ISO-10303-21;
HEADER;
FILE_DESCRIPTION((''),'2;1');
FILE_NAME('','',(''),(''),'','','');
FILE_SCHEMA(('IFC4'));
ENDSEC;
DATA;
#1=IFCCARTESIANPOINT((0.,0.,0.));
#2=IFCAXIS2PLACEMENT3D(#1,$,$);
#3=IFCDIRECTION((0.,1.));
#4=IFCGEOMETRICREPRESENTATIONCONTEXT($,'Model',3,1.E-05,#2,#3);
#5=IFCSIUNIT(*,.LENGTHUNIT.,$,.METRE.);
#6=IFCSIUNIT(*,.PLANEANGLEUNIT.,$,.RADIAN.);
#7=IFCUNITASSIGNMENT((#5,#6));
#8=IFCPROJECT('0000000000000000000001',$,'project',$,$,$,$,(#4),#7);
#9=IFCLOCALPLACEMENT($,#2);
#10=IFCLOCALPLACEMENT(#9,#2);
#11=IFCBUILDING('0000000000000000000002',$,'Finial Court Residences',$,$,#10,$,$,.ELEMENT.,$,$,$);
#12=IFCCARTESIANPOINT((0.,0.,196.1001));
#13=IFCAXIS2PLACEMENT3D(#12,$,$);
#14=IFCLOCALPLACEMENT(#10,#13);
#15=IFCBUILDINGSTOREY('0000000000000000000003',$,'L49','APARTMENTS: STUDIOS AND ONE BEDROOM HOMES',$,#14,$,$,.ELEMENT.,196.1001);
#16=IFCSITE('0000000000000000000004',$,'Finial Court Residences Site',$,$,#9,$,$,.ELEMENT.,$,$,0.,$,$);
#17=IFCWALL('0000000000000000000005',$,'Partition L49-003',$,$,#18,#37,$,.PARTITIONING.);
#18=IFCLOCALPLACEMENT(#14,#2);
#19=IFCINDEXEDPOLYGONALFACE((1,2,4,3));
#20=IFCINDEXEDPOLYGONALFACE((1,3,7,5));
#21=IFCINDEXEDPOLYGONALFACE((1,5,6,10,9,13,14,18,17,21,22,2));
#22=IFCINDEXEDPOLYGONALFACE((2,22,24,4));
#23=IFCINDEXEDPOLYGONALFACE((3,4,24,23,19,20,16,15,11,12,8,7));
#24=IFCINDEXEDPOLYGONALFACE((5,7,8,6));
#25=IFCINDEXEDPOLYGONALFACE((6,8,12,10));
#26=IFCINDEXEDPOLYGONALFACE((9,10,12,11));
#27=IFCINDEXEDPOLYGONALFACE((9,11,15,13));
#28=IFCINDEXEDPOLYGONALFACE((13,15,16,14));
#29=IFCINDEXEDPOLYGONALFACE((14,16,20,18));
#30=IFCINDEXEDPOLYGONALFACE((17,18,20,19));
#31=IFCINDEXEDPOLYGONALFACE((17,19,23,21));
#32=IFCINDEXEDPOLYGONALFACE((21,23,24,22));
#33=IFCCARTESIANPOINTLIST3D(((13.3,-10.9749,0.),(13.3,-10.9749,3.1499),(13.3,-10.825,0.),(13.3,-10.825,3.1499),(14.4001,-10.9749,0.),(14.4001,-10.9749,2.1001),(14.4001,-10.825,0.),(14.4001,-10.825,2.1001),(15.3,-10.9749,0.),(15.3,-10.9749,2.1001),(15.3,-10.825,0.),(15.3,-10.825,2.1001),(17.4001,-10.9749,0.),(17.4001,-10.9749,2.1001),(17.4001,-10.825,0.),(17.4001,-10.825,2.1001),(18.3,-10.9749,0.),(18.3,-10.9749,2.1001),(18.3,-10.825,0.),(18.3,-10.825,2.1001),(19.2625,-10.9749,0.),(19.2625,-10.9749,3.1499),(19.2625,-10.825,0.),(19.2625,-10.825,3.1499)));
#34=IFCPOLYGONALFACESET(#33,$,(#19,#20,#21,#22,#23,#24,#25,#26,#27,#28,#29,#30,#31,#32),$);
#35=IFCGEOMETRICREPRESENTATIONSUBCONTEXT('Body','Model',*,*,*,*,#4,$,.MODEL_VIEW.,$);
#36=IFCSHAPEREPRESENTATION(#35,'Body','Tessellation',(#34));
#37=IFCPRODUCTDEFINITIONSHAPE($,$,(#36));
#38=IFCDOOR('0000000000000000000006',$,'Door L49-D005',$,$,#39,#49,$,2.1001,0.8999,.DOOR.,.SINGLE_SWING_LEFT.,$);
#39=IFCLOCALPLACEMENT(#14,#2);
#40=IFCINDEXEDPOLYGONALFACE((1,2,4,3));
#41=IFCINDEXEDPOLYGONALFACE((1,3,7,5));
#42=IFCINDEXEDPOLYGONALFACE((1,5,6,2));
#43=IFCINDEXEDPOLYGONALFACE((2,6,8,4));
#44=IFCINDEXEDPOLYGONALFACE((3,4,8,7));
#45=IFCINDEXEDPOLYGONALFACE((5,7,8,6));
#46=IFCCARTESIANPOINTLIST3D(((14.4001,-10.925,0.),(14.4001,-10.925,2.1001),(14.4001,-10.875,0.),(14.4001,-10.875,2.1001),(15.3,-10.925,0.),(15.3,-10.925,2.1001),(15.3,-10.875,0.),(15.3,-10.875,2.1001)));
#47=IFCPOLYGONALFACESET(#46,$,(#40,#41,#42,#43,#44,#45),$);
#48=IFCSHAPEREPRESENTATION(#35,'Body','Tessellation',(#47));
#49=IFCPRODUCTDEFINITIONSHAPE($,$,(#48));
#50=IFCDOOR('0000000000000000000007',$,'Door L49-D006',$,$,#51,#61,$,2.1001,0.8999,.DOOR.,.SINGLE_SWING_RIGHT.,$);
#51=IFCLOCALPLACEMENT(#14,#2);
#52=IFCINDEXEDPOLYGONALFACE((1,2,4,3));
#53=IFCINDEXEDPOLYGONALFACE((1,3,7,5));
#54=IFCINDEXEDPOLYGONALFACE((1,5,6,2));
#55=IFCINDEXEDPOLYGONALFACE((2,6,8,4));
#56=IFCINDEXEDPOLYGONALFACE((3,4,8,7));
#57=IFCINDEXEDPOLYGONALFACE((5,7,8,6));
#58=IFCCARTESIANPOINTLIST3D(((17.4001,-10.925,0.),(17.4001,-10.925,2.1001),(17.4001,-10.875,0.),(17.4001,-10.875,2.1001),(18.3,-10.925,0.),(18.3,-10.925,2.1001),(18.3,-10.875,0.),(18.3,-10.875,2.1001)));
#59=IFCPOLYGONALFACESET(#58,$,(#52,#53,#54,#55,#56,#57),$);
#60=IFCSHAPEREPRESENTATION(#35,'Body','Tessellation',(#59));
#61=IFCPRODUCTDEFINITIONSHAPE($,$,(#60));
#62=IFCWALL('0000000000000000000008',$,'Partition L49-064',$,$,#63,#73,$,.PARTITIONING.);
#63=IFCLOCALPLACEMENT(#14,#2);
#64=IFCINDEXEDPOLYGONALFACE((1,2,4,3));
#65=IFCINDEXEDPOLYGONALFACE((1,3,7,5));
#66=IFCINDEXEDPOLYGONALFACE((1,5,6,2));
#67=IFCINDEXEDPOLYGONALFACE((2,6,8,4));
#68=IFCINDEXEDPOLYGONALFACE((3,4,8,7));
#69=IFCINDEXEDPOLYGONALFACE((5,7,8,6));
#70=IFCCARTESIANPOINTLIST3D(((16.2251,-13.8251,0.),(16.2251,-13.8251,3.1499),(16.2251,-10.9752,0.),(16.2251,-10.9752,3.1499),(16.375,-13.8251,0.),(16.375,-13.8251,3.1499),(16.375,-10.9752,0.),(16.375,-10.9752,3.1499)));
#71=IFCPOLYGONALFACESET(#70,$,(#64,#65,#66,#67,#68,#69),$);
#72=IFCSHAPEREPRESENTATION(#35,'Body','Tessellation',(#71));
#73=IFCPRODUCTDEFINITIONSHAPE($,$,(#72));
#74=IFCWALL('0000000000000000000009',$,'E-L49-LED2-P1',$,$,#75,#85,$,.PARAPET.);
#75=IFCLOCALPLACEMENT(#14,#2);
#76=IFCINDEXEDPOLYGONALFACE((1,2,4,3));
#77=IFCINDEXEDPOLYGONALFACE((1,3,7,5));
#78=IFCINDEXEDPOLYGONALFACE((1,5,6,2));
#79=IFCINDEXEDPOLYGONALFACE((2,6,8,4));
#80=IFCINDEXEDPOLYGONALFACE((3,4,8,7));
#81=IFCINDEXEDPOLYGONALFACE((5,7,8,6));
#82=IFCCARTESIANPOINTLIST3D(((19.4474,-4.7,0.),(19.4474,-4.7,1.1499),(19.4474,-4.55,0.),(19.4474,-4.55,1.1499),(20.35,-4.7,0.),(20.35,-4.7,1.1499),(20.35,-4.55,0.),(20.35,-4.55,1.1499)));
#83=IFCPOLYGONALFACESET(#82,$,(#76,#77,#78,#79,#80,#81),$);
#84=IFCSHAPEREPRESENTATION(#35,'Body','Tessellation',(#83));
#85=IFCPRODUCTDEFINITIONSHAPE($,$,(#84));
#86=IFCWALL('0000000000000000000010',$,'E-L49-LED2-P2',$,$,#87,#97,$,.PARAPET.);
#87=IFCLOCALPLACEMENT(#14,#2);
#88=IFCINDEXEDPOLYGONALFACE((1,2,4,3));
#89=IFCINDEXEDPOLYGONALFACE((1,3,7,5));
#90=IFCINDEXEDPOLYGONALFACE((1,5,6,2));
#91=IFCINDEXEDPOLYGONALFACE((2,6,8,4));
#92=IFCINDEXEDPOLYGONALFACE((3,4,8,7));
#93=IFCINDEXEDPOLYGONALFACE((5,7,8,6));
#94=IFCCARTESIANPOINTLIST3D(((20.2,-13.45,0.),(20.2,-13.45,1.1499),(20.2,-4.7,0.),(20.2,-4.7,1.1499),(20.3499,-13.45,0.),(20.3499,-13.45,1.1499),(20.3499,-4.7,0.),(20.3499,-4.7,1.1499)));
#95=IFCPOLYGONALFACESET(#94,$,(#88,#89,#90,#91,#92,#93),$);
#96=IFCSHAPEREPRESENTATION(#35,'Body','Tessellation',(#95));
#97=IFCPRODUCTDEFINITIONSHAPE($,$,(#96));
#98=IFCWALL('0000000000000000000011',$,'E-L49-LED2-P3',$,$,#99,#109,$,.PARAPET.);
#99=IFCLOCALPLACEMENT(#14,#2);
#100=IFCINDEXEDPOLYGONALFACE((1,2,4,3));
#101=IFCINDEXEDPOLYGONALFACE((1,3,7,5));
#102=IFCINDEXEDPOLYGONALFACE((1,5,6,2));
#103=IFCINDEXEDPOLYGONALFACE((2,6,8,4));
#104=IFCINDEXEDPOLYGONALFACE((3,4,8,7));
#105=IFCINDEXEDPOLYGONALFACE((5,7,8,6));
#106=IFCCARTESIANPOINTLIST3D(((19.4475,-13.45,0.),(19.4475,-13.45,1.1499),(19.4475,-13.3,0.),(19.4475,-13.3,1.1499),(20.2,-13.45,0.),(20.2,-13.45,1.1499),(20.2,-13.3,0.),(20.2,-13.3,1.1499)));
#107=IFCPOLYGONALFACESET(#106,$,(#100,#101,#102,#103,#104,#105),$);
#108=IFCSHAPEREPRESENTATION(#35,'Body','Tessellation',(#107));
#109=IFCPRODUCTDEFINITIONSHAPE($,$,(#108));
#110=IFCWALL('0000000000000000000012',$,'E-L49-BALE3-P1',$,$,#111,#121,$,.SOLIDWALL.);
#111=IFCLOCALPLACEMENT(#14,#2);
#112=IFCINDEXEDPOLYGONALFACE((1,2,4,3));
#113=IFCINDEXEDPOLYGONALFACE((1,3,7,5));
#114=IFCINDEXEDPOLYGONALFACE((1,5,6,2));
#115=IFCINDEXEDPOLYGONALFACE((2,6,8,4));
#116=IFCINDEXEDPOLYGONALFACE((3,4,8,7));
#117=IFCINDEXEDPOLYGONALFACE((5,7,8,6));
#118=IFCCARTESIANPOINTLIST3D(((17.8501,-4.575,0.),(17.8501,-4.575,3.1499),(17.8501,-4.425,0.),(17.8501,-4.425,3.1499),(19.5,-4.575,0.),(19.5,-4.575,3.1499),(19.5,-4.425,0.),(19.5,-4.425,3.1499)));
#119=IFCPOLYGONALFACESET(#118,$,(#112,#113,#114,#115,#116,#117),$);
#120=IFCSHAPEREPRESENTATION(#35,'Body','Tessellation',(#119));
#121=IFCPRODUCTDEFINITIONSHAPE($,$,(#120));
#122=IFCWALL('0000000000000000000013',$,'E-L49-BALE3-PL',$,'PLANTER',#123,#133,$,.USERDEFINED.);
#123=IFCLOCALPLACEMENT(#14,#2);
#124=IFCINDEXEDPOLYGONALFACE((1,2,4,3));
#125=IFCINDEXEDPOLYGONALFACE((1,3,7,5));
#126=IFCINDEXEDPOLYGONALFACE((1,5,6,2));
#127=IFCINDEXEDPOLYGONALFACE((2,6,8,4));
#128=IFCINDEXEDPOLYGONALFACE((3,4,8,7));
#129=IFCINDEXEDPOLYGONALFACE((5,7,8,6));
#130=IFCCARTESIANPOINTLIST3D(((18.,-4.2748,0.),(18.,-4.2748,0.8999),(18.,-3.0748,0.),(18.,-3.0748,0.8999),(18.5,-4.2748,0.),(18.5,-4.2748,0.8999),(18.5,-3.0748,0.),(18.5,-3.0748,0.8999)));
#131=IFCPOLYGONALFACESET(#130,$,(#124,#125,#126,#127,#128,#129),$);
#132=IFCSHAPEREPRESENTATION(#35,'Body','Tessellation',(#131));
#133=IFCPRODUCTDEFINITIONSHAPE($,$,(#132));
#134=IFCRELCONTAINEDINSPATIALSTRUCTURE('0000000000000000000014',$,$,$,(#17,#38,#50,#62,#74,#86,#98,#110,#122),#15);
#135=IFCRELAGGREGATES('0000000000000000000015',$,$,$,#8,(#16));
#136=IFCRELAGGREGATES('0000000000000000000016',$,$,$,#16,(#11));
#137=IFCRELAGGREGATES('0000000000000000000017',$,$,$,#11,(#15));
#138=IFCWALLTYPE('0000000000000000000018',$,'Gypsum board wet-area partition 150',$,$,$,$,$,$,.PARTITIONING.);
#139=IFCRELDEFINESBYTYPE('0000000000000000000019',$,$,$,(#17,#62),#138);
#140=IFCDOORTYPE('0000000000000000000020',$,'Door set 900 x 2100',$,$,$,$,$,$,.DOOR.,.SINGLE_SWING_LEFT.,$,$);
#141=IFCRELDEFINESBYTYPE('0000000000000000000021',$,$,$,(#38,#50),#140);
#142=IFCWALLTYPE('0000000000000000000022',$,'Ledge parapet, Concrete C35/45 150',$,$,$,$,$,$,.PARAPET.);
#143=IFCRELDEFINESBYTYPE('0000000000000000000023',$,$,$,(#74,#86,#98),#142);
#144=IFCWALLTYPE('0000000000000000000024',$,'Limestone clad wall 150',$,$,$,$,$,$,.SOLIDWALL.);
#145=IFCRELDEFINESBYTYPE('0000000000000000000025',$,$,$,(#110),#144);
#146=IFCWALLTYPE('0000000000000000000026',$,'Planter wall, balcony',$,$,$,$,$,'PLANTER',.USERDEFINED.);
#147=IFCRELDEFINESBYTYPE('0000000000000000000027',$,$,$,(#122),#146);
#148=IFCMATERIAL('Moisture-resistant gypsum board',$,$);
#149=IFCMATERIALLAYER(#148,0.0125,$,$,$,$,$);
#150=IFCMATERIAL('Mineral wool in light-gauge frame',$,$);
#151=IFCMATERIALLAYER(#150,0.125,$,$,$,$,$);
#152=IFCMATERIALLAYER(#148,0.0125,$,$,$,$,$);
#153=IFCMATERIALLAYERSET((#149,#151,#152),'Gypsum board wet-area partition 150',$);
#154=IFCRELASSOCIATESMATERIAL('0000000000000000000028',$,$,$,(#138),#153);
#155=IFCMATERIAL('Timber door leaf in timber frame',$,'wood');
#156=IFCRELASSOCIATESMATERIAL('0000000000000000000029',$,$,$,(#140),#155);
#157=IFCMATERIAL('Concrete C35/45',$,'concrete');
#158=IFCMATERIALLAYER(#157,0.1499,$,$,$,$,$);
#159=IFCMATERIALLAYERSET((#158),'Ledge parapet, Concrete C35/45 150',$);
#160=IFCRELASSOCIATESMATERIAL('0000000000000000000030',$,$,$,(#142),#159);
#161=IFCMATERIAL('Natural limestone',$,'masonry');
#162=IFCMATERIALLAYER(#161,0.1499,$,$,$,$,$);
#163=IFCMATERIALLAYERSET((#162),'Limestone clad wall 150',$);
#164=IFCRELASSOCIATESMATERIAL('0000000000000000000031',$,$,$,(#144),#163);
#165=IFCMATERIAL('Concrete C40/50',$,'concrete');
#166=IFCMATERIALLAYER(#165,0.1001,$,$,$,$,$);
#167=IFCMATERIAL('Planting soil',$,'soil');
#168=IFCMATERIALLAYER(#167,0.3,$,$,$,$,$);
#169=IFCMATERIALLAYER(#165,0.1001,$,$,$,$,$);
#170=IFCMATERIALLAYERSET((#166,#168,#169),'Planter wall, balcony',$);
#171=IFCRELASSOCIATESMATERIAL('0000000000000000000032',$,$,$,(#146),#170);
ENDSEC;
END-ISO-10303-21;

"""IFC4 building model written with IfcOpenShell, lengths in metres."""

from ifc_helpers import new_model, si_unit, direction, frame, frame_2d, origin, place, context, subcontext, project, spatial, rectangle, extrude, material, layer, layer_set, type_object, element, fill, save


model = new_model("IFC4")

# Units and contexts
model_context = context("Model", 3, precision=1e-05, world=origin(), true_north=direction((0.0, 1.0)))
body_context = subcontext(model_context, "Body", "Model", "MODEL_VIEW")
ifc_project = project(units=[si_unit("LENGTHUNIT", "METRE"), si_unit("PLANEANGLEUNIT", "RADIAN")], contexts=[model_context])

# Site, building, storey
site_placement = place(None, origin())
site = spatial("IfcSite", under=ifc_project, at=site_placement, Name="Finial Court Residences Site", CompositionType="ELEMENT", RefElevation=0.0)
building_placement = place(site_placement, origin())
building = spatial("IfcBuilding", under=site, at=building_placement, Name="Finial Court Residences", CompositionType="ELEMENT")
storey_placement = place(building_placement, frame((0.0, 0.0, 196.1001)))
storey = spatial("IfcBuildingStorey", under=building, at=storey_placement, Name="L49", Description="APARTMENTS: STUDIOS AND ONE BEDROOM HOMES", CompositionType="ELEMENT", Elevation=196.1001)

# Wall, openings, doors
ifc_material_1 = material(Name="Moisture-resistant gypsum board")
ifc_layer_1 = layer(ifc_material_1, 0.0125)
ifc_material_2 = material(Name="Mineral wool in light-gauge frame")
ifc_layer_2 = layer(ifc_material_2, 0.125)
ifc_layer_3 = layer(ifc_material_1, 0.0125)
ifc_layer_set_1 = layer_set([ifc_layer_1, ifc_layer_2, ifc_layer_3], Name="Gypsum board wet-area partition 150")
wall_type_1 = type_object("IfcWallType", Name="Gypsum board wet-area partition 150", PredefinedType="PARTITIONING", material=ifc_layer_set_1)
wall_1_placement = place(storey_placement, frame((13.3, -10.8999, 0.0), z_axis=(0.0, 0.0, 1.0), x_axis=(1.0, 0.0, 0.0)))
wall_1 = element("IfcWall", 1, at=wall_1_placement, inside=storey, type_object=wall_type_1, Name="Partition L49-003", PredefinedType="PARTITIONING", context=body_context, shape_type="SweptSolid", body=[
    extrude(rectangle(XDim=5.9624, YDim=0.1499, at=frame_2d((2.9812, 0.0))), origin(), (0.0, 0.0, 1.0), 3.1499),
])
opening_1_placement = place(wall_1_placement, frame((1.1001, 0.0, 0.0)))
opening_1 = element("IfcOpeningElement", 2, at=opening_1_placement, cuts=wall_1, PredefinedType="OPENING", context=body_context, shape_type="SweptSolid", body=[
    extrude(rectangle(XDim=0.8999, YDim=2.1001, at=frame_2d((0.45, 1.05))), frame((0.0, 0.085, 0.0), z_axis=(0.0, -1.0, 0.0), x_axis=(1.0, 0.0, 0.0)), (0.0, 0.0, 1.0), 0.1699),
])
opening_2_placement = place(wall_1_placement, frame((4.1001, 0.0, 0.0)))
opening_2 = element("IfcOpeningElement", 3, at=opening_2_placement, cuts=wall_1, PredefinedType="OPENING", context=body_context, shape_type="SweptSolid", body=[
    extrude(rectangle(XDim=0.8999, YDim=2.1001, at=frame_2d((0.45, 1.05))), frame((0.0, 0.085, 0.0), z_axis=(0.0, -1.0, 0.0), x_axis=(1.0, 0.0, 0.0)), (0.0, 0.0, 1.0), 0.1699),
])
ifc_material_3 = material(Name="Timber door leaf in timber frame", Category="wood")
door_type_1 = type_object("IfcDoorType", Name="Door set 900 x 2100", OperationType="SINGLE_SWING_LEFT", PredefinedType="DOOR", material=ifc_material_3)
door_1_placement = place(opening_1_placement, origin())
door_1 = element("IfcDoor", 4, at=door_1_placement, inside=storey, type_object=door_type_1, Name="Door L49-D005", OperationType="SINGLE_SWING_LEFT", OverallHeight=2.1001, OverallWidth=0.8999, PredefinedType="DOOR", context=body_context, shape_type="SweptSolid", body=[
    extrude(rectangle(XDim=0.8999, YDim=2.1001, at=frame_2d((0.45, 1.05))), frame((0.0, 0.0249, 0.0), z_axis=(0.0, -1.0, 0.0), x_axis=(1.0, 0.0, 0.0)), (0.0, 0.0, 1.0), 0.05),
])
fill(opening_1, door_1)
door_2_placement = place(opening_2_placement, origin())
door_2 = element("IfcDoor", 5, at=door_2_placement, inside=storey, type_object=door_type_1, Name="Door L49-D006", OperationType="SINGLE_SWING_RIGHT", OverallHeight=2.1001, OverallWidth=0.8999, PredefinedType="DOOR", context=body_context, shape_type="SweptSolid", body=[
    extrude(rectangle(XDim=0.8999, YDim=2.1001, at=frame_2d((0.45, 1.05))), frame((0.0, 0.0249, 0.0), z_axis=(0.0, -1.0, 0.0), x_axis=(1.0, 0.0, 0.0)), (0.0, 0.0, 1.0), 0.05),
])
fill(opening_2, door_2)

# Walls
wall_2_placement = place(storey_placement, frame((16.3, -13.825, 0.0), z_axis=(0.0, 0.0, 1.0), x_axis=(0.0, 1.0, 0.0)))
element("IfcWall", 6, at=wall_2_placement, inside=storey, type_object=wall_type_1, Name="Partition L49-064", PredefinedType="PARTITIONING", context=body_context, shape_type="SweptSolid", body=[
    extrude(rectangle(XDim=2.8499, YDim=0.1499, at=frame_2d((1.4248, 0.0))), origin(), (0.0, 0.0, 1.0), 3.1499),
])
ifc_material_4 = material(Name="Concrete C35/45", Category="concrete")
ifc_layer_4 = layer(ifc_material_4, 0.1499)
ifc_layer_set_2 = layer_set([ifc_layer_4], Name="Ledge parapet, Concrete C35/45 150")
wall_type_2 = type_object("IfcWallType", Name="Ledge parapet, Concrete C35/45 150", PredefinedType="PARAPET", material=ifc_layer_set_2)
wall_3_placement = place(storey_placement, frame((19.4475, -4.625, 0.0), z_axis=(0.0, 0.0, 1.0), x_axis=(1.0, 0.0, 0.0)))
element("IfcWall", 7, at=wall_3_placement, inside=storey, type_object=wall_type_2, Name="E-L49-LED2-P1", PredefinedType="PARAPET", context=body_context, shape_type="SweptSolid", body=[
    extrude(rectangle(XDim=0.9026, YDim=0.1499, at=frame_2d((0.4512, 0.0))), origin(), (0.0, 0.0, 1.0), 1.1499),
])
wall_4_placement = place(storey_placement, frame((20.2749, -4.7, 0.0), z_axis=(0.0, 0.0, 1.0), x_axis=(0.0, -1.0, 0.0)))
element("IfcWall", 8, at=wall_4_placement, inside=storey, type_object=wall_type_2, Name="E-L49-LED2-P2", PredefinedType="PARAPET", context=body_context, shape_type="SweptSolid", body=[
    extrude(rectangle(XDim=8.75, YDim=0.1499, at=frame_2d((4.375, 0.0))), origin(), (0.0, 0.0, 1.0), 1.1499),
])
wall_5_placement = place(storey_placement, frame((20.2, -13.375, 0.0), z_axis=(0.0, 0.0, 1.0), x_axis=(-1.0, 0.0, 0.0)))
element("IfcWall", 9, at=wall_5_placement, inside=storey, type_object=wall_type_2, Name="E-L49-LED2-P3", PredefinedType="PARAPET", context=body_context, shape_type="SweptSolid", body=[
    extrude(rectangle(XDim=0.7524, YDim=0.1499, at=frame_2d((0.3762, 0.0))), origin(), (0.0, 0.0, 1.0), 1.1499),
])
ifc_material_5 = material(Name="Natural limestone", Category="masonry")
ifc_layer_5 = layer(ifc_material_5, 0.1499)
ifc_layer_set_3 = layer_set([ifc_layer_5], Name="Limestone clad wall 150")
wall_type_3 = type_object("IfcWallType", Name="Limestone clad wall 150", PredefinedType="SOLIDWALL", material=ifc_layer_set_3)
wall_6_placement = place(storey_placement, frame((17.8501, -4.5, 0.0), z_axis=(0.0, 0.0, 1.0), x_axis=(1.0, 0.0, 0.0)))
element("IfcWall", 10, at=wall_6_placement, inside=storey, type_object=wall_type_3, Name="E-L49-BALE3-P1", PredefinedType="SOLIDWALL", context=body_context, shape_type="SweptSolid", body=[
    extrude(rectangle(XDim=1.6499, YDim=0.1499, at=frame_2d((0.825, 0.0))), origin(), (0.0, 0.0, 1.0), 3.1499),
])
ifc_material_6 = material(Name="Concrete C40/50", Category="concrete")
ifc_layer_6 = layer(ifc_material_6, 0.1001)
ifc_material_7 = material(Name="Planting soil", Category="soil")
ifc_layer_7 = layer(ifc_material_7, 0.3)
ifc_layer_8 = layer(ifc_material_6, 0.1001)
ifc_layer_set_4 = layer_set([ifc_layer_6, ifc_layer_7, ifc_layer_8], Name="Planter wall, balcony")
wall_type_4 = type_object("IfcWallType", Name="Planter wall, balcony", ElementType="PLANTER", PredefinedType="USERDEFINED", material=ifc_layer_set_4)
wall_7_placement = place(storey_placement, frame((18.25, -4.2749, 0.0), z_axis=(0.0, 0.0, 1.0), x_axis=(0.0, 1.0, 0.0)))
element("IfcWall", 11, at=wall_7_placement, inside=storey, type_object=wall_type_4, Name="E-L49-BALE3-PL", ObjectType="PLANTER", PredefinedType="USERDEFINED", context=body_context, shape_type="SweptSolid", body=[
    extrude(rectangle(XDim=1.2, YDim=0.5, at=frame_2d((0.6001, 0.0))), origin(), (0.0, 0.0, 1.0), 0.8999),
])

save(model, "model.ifc")
